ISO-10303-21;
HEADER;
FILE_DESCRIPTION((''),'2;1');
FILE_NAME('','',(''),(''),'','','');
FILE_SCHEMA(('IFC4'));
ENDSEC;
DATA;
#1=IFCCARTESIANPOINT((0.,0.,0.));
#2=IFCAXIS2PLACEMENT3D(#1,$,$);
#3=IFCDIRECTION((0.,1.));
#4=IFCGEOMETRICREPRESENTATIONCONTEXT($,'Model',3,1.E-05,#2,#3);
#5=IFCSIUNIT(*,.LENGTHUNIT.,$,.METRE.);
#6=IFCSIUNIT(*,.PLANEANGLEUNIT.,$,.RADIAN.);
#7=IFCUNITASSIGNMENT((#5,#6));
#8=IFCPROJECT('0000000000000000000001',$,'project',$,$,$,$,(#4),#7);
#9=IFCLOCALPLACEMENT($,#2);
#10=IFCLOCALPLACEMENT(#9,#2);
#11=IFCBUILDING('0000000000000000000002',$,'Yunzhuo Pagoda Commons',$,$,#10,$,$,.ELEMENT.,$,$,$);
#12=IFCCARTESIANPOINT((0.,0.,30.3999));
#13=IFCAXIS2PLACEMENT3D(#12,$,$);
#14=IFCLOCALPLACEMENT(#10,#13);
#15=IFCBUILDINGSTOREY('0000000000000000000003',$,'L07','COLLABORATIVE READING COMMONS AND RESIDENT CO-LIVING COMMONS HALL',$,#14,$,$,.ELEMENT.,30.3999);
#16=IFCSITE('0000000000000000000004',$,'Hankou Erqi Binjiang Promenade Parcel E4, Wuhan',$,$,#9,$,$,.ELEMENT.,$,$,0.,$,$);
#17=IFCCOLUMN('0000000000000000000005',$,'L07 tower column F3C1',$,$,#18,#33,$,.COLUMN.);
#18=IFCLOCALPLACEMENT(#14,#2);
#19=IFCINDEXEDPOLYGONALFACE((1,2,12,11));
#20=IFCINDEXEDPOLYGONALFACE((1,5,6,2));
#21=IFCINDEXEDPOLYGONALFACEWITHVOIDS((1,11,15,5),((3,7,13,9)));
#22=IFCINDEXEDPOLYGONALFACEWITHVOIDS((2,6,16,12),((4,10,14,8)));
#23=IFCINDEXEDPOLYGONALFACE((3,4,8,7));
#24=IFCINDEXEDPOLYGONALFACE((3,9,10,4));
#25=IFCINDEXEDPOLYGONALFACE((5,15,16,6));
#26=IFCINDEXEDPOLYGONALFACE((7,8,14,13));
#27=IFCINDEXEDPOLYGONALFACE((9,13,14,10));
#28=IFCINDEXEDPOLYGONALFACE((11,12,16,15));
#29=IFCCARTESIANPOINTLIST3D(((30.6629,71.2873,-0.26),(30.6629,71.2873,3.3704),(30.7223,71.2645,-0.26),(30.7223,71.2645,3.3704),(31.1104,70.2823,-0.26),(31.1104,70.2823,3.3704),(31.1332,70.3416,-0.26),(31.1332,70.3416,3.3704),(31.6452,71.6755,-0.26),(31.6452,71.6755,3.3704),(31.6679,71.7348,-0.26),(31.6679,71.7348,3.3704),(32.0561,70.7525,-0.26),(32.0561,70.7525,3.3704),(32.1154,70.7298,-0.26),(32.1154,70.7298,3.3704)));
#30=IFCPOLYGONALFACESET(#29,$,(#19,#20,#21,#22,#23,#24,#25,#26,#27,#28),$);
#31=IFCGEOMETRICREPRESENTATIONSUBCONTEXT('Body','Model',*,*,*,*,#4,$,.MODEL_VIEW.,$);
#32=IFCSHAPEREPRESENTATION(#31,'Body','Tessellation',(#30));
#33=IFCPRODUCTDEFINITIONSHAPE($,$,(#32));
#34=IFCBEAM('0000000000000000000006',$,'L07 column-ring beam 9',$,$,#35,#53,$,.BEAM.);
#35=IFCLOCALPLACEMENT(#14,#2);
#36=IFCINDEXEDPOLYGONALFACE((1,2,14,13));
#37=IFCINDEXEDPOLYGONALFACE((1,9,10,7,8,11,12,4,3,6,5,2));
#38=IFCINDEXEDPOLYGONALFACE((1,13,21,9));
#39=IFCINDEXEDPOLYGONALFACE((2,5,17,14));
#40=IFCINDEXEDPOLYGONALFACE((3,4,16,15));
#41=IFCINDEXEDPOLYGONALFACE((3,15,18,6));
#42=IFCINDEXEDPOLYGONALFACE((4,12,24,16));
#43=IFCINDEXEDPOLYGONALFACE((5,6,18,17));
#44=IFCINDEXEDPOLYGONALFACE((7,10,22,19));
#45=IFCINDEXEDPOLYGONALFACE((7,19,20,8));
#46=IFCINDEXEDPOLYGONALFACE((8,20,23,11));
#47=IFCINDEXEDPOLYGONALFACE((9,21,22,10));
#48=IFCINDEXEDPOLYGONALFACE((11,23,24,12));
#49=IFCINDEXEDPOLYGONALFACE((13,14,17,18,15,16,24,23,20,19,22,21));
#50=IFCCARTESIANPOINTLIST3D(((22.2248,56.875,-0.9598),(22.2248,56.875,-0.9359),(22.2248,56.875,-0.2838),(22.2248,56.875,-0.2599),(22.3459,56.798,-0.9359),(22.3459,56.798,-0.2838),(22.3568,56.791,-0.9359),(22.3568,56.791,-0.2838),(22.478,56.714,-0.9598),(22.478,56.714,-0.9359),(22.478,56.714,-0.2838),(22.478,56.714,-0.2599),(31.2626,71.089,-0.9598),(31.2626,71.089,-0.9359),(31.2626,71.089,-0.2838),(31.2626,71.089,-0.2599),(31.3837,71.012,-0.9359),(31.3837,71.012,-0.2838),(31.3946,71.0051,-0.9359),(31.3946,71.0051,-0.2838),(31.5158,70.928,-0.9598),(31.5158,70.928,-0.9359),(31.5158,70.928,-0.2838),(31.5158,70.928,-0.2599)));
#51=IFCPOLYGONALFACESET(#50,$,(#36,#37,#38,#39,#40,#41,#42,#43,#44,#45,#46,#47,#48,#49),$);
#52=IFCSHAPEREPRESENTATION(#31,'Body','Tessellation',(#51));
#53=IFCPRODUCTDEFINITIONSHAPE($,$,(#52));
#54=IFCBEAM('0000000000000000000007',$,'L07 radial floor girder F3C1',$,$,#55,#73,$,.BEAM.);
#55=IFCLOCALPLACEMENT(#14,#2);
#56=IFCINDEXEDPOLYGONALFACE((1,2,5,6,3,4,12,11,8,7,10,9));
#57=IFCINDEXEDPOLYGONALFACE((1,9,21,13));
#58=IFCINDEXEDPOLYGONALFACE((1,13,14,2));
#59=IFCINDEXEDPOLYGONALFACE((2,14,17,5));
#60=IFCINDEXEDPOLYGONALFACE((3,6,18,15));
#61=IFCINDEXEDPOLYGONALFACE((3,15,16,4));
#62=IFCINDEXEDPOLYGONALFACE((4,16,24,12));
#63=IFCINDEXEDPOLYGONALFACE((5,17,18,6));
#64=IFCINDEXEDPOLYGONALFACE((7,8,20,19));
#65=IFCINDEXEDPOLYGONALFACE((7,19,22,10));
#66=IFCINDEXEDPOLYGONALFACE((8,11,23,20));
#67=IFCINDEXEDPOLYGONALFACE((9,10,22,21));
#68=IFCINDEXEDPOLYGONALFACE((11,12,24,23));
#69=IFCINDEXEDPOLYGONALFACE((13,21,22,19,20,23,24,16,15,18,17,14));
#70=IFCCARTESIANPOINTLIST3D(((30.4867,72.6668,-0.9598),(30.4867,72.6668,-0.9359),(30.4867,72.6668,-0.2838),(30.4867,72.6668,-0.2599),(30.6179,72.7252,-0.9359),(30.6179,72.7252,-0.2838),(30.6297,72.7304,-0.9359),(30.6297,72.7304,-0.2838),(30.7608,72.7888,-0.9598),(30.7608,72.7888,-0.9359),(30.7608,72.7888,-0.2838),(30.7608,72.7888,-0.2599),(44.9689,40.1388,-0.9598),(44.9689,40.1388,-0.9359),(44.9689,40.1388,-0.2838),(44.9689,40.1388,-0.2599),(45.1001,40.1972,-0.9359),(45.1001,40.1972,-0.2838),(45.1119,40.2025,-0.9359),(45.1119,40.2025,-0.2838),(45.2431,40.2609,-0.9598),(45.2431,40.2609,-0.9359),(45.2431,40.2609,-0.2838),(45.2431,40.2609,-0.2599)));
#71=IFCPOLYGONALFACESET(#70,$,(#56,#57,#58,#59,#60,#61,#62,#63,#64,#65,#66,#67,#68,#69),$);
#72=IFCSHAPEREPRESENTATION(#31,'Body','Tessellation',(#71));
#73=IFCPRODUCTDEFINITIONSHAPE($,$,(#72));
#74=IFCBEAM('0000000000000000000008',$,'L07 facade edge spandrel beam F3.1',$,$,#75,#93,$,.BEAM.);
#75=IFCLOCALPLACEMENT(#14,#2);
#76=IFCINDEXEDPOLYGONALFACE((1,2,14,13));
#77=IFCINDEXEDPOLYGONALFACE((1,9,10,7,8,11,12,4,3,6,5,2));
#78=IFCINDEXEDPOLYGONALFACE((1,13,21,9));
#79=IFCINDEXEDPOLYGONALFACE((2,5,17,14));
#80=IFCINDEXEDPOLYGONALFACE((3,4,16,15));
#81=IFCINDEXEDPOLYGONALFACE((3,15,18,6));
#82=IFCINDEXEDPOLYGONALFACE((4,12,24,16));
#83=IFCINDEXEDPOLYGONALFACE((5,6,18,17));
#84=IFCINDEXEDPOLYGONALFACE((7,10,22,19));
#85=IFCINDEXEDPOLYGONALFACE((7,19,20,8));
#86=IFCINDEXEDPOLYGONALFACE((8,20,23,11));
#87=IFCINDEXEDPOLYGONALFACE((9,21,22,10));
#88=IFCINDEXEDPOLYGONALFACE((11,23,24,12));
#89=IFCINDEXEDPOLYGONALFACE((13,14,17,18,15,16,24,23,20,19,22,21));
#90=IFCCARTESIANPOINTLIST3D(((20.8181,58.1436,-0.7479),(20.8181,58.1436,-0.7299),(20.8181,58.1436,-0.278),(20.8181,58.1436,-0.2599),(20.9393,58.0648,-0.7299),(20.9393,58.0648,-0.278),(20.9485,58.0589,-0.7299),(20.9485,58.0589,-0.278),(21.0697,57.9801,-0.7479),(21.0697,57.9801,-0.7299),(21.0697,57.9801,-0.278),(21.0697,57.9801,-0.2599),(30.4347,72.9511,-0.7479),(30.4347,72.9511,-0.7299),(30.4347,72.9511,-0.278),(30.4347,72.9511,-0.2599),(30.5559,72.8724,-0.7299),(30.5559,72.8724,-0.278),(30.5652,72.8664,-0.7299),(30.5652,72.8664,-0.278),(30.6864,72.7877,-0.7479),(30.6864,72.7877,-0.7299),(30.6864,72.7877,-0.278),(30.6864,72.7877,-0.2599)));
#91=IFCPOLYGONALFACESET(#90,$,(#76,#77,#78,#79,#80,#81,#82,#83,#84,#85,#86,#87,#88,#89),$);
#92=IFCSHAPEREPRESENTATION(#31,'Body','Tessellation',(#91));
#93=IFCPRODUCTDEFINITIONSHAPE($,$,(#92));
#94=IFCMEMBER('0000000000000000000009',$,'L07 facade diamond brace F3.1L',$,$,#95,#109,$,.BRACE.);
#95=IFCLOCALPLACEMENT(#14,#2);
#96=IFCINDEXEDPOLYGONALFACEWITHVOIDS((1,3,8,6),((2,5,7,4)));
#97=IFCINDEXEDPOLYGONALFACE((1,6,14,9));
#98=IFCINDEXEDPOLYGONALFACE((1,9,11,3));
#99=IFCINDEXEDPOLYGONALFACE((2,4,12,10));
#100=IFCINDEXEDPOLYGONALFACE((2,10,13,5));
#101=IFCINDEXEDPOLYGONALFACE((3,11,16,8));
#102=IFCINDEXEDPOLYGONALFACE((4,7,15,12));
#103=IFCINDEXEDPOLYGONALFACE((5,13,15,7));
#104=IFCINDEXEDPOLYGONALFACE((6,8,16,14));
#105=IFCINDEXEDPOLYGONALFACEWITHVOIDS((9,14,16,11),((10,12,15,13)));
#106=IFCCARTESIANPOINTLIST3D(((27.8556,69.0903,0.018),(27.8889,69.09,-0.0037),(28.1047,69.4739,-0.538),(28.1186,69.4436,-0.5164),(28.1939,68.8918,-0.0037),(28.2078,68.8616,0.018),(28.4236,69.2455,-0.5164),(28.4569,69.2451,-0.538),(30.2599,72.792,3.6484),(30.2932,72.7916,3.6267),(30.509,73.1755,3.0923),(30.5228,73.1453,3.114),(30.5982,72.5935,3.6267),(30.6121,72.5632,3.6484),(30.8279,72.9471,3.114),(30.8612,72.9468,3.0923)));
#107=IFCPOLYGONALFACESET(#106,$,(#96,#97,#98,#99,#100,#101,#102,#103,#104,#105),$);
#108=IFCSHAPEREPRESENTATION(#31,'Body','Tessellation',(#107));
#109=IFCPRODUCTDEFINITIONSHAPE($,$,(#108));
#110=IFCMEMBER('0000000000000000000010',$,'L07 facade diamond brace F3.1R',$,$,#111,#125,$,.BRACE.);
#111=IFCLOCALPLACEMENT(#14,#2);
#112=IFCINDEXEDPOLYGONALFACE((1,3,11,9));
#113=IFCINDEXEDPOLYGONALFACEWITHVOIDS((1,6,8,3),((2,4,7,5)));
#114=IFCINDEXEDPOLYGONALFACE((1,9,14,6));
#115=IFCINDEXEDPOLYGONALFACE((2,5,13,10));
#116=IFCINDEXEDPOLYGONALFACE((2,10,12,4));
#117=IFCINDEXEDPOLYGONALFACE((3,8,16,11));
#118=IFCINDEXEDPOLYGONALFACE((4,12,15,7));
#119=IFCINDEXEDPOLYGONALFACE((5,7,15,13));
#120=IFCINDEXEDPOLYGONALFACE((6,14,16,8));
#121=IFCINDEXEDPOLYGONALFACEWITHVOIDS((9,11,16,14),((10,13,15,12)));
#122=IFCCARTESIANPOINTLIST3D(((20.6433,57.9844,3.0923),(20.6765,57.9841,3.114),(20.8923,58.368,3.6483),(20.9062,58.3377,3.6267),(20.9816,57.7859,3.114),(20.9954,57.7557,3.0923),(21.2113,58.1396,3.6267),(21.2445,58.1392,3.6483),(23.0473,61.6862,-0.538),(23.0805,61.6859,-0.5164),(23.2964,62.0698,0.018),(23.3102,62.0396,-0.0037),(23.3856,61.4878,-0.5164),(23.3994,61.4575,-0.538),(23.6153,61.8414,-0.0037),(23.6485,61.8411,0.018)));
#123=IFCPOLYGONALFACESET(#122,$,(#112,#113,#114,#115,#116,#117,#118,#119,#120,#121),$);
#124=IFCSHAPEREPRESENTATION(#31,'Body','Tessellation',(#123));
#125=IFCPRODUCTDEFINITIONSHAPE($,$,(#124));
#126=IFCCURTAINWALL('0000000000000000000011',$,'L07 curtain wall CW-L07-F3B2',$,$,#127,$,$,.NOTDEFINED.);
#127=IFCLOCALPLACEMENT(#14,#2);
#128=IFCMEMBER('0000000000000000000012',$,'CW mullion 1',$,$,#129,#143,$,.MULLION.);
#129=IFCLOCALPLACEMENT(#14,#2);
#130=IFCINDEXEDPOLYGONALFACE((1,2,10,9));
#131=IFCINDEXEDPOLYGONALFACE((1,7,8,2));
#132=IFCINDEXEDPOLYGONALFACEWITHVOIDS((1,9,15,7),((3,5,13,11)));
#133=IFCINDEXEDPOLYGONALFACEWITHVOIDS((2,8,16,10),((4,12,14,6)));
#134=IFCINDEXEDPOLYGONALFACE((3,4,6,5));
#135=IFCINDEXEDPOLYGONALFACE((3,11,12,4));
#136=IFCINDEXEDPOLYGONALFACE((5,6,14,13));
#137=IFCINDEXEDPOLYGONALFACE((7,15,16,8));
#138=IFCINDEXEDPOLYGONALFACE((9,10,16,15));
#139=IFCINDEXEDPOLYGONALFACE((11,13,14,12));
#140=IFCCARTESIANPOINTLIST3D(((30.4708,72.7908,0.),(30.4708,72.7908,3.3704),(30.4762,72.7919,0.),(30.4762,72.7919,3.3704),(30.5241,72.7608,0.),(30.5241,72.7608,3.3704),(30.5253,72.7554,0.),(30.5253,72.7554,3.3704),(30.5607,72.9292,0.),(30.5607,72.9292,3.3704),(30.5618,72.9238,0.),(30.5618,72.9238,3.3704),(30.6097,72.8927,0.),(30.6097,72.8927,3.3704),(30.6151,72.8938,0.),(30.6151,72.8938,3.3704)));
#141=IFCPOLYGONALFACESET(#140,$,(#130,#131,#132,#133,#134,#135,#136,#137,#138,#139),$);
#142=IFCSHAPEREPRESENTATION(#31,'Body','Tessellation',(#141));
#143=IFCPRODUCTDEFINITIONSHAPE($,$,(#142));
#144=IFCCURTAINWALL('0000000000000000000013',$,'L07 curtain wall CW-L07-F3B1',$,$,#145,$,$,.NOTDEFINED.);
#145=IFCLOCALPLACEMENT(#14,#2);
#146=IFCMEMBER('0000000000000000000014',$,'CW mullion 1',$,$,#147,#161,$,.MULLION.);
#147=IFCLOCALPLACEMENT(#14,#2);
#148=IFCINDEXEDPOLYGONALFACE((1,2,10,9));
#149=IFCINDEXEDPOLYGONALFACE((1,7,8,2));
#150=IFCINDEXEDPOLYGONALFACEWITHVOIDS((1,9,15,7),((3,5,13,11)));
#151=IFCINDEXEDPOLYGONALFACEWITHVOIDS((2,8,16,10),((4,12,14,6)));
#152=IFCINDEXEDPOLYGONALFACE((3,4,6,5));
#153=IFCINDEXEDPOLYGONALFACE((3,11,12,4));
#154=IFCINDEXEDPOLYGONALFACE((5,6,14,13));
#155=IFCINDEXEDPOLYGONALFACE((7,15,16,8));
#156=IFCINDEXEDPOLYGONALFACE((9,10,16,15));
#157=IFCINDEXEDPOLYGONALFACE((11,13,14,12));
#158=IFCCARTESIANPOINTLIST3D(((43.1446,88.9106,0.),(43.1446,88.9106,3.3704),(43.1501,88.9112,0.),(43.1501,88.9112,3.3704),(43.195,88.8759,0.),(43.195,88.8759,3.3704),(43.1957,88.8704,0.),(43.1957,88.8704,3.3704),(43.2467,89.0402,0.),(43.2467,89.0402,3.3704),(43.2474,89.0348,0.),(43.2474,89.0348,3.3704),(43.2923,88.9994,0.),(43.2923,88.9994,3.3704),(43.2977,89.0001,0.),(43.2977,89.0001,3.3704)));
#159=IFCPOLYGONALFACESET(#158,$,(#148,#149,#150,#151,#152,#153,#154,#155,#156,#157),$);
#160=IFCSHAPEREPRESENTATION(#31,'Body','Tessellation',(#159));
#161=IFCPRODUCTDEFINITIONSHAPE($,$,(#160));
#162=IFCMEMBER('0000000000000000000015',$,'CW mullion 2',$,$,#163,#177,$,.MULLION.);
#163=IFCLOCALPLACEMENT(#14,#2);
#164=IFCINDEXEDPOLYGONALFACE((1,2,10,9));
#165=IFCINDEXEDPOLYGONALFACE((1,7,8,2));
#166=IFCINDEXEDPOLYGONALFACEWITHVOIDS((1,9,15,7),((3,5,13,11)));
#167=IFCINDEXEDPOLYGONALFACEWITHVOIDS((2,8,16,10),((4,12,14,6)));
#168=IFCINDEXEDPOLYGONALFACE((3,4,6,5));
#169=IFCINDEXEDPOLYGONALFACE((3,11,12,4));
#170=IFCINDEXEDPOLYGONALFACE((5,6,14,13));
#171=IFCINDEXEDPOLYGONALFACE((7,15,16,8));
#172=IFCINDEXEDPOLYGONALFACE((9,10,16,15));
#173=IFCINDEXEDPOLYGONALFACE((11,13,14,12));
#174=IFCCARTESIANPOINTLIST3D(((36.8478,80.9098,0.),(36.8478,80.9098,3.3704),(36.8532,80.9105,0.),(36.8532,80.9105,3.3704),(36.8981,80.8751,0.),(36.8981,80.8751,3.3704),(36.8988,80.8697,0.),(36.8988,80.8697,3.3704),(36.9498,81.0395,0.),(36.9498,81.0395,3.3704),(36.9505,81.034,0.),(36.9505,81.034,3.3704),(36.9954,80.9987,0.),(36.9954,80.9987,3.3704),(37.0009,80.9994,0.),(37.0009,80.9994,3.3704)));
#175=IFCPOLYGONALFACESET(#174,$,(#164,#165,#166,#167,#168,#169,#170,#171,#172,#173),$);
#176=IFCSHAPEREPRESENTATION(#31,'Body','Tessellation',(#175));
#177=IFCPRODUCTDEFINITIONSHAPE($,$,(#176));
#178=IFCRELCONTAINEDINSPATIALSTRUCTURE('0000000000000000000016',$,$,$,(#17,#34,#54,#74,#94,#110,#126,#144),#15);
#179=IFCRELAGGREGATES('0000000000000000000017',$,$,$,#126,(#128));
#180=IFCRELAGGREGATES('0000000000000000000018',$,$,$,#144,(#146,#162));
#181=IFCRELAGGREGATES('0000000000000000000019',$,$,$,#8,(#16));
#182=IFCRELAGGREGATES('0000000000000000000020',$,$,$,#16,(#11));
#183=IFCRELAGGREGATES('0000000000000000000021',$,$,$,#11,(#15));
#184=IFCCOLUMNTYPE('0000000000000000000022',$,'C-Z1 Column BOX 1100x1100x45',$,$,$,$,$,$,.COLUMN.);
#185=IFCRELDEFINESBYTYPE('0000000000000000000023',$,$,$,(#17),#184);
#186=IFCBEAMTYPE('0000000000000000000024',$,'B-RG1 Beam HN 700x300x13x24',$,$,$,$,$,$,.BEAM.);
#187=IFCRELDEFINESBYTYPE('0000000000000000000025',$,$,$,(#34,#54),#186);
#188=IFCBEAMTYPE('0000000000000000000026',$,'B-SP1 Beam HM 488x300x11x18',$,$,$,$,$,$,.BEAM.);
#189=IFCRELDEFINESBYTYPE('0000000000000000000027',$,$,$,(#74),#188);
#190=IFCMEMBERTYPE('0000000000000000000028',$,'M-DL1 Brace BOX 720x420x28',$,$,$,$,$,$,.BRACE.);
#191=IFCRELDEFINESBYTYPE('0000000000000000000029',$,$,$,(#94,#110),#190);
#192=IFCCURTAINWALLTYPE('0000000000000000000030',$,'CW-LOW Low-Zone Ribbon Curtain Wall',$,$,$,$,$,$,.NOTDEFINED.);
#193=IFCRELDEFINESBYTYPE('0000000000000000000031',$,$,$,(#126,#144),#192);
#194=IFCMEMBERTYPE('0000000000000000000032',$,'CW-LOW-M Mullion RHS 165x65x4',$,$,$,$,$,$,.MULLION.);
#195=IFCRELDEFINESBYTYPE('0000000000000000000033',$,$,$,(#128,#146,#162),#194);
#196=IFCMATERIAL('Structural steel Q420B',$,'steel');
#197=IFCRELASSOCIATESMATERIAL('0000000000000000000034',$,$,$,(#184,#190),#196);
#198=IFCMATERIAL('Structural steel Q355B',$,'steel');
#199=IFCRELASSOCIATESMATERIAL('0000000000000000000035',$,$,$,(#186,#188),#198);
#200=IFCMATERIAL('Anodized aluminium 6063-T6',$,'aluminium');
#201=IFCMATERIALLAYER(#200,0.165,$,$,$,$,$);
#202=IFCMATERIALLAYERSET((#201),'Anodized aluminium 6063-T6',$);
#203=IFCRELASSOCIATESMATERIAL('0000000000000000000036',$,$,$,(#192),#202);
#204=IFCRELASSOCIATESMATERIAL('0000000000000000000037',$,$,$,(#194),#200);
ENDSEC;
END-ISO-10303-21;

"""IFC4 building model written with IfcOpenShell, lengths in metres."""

from ifc_helpers import new_model, si_unit, direction, frame, origin, origin_2d, place, context, subcontext, project, spatial, hollow_rectangle, i_section, extrude, source, transform, mapped, material, layer, layer_set, material_profile, profile_set, type_object, element, aggregate, save


model = new_model("IFC4")

# Units and contexts
model_context = context("Model", 3, precision=1e-05, world=origin(), true_north=direction((0.0, 1.0)))
body_context = subcontext(model_context, "Body", "Model", "MODEL_VIEW")
ifc_project = project(units=[si_unit("LENGTHUNIT", "METRE"), si_unit("PLANEANGLEUNIT", "RADIAN")], contexts=[model_context])

# Site, building, storey
site_placement = place(None, origin())
site = spatial("IfcSite", under=ifc_project, at=site_placement, Name="Hankou Erqi Binjiang Promenade Parcel E4, Wuhan", CompositionType="ELEMENT", RefElevation=0.0)
building_placement = place(site_placement, origin())
building = spatial("IfcBuilding", under=site, at=building_placement, Name="Yunzhuo Pagoda Commons", CompositionType="ELEMENT")
storey_placement = place(building_placement, frame((0.0, 0.0, 30.3999)))
storey = spatial("IfcBuildingStorey", under=building, at=storey_placement, Name="L07", Description="COLLABORATIVE READING COMMONS AND RESIDENT CO-LIVING COMMONS HALL", CompositionType="ELEMENT", Elevation=30.3999)

# Column
ifc_material_1 = material(Name="Structural steel Q420B", Category="steel")
ifc_material_profile_1 = material_profile(ifc_material_1, hollow_rectangle(XDim=1.1001, YDim=1.1001, WallThickness=0.0449, at=origin_2d()), Name="Structural steel Q420B")
ifc_profile_set_1 = profile_set([ifc_material_profile_1], Name="Structural steel Q420B")
column_type = type_object("IfcColumnType", Name="C-Z1 Column BOX 1100x1100x45", PredefinedType="COLUMN", material=ifc_profile_set_1)
shared_shape_1 = source(origin(), body_context, "Body", "SweptSolid", [
    extrude(hollow_rectangle(XDim=1.1001, YDim=1.1001, WallThickness=0.0449, at=origin_2d()), origin(), (0.0, 0.0, 1.0), 3.6304),
])
column_placement = place(storey_placement, frame((31.3892, 71.0085, -0.26), z_axis=(0.0, 0.0, 1.0), x_axis=(-0.913545, -0.406737, 0.0)))
element("IfcColumn", 1, at=column_placement, inside=storey, type_object=column_type, Name="L07 tower column F3C1", PredefinedType="COLUMN", context=body_context, shape_type="MappedRepresentation", body=[
    mapped(shared_shape_1, transform((0.0, 0.0, 0.0), scale=1.0)),
])

# Beams
ifc_material_2 = material(Name="Structural steel Q355B", Category="steel")
ifc_material_profile_2 = material_profile(ifc_material_2, i_section(OverallWidth=0.3, OverallDepth=0.7, WebThickness=0.0129, FlangeThickness=0.0239, at=origin_2d()), Name="Structural steel Q355B")
ifc_profile_set_2 = profile_set([ifc_material_profile_2], Name="Structural steel Q355B")
beam_type_1 = type_object("IfcBeamType", Name="B-RG1 Beam HN 700x300x13x24", PredefinedType="BEAM", material=ifc_profile_set_2)
shared_shape_2 = source(origin(), body_context, "Body", "SweptSolid", [
    extrude(i_section(OverallWidth=0.3, OverallDepth=0.7, WebThickness=0.0129, FlangeThickness=0.0239, at=origin_2d()), origin(), (0.0, 0.0, 1.0), 16.844),
])
beam_1_placement = place(storey_placement, frame((31.3892, 71.0085, -0.6099), z_axis=(-0.536558, -0.843863, 0.0), x_axis=(0.843863, -0.536558, 0.0)))
element("IfcBeam", 2, at=beam_1_placement, inside=storey, type_object=beam_type_1, Name="L07 column-ring beam 9", PredefinedType="BEAM", context=body_context, shape_type="MappedRepresentation", body=[
    mapped(shared_shape_2, transform((0.0, 0.0, 0.0), scale=1.0)),
])
shared_shape_3 = source(origin(), body_context, "Body", "SweptSolid", [
    extrude(i_section(OverallWidth=0.3, OverallDepth=0.7, WebThickness=0.0129, FlangeThickness=0.0239, at=origin_2d()), origin(), (0.0, 0.0, 1.0), 35.6062),
])
beam_2_placement = place(storey_placement, frame((30.6238, 72.7278, -0.6099), z_axis=(0.406733, -0.913547, 0.0), x_axis=(0.913547, 0.406733, 0.0)))
element("IfcBeam", 3, at=beam_2_placement, inside=storey, type_object=beam_type_1, Name="L07 radial floor girder F3C1", PredefinedType="BEAM", context=body_context, shape_type="MappedRepresentation", body=[
    mapped(shared_shape_3, transform((0.0, 0.0, 0.0), scale=1.0)),
])
ifc_material_profile_3 = material_profile(ifc_material_2, i_section(OverallWidth=0.3, OverallDepth=0.488, WebThickness=0.011, FlangeThickness=0.0181, at=origin_2d()), Name="Structural steel Q355B")
ifc_profile_set_3 = profile_set([ifc_material_profile_3], Name="Structural steel Q355B")
beam_type_2 = type_object("IfcBeamType", Name="B-SP1 Beam HM 488x300x11x18", PredefinedType="BEAM", material=ifc_profile_set_3)
shared_shape_4 = source(origin(), body_context, "Body", "SweptSolid", [
    extrude(i_section(OverallWidth=0.3, OverallDepth=0.488, WebThickness=0.011, FlangeThickness=0.0181, at=origin_2d()), origin(), (0.0, 0.0, 1.0), 17.6562),
])
beam_3_placement = place(storey_placement, frame((30.5605, 72.8694, -0.5039), z_axis=(-0.54466, -0.838657, 0.0), x_axis=(0.838657, -0.54466, 0.0)))
element("IfcBeam", 4, at=beam_3_placement, inside=storey, type_object=beam_type_2, Name="L07 facade edge spandrel beam F3.1", PredefinedType="BEAM", context=body_context, shape_type="MappedRepresentation", body=[
    mapped(shared_shape_4, transform((0.0, 0.0, 0.0), scale=1.0)),
])

# Members
ifc_material_profile_4 = material_profile(ifc_material_1, hollow_rectangle(XDim=0.4199, YDim=0.72, WallThickness=0.0281, at=origin_2d()), Name="Structural steel Q420B")
ifc_profile_set_4 = profile_set([ifc_material_profile_4], Name="Structural steel Q420B")
member_type_1 = type_object("IfcMemberType", Name="M-DL1 Brace BOX 720x420x28", PredefinedType="BRACE", material=ifc_profile_set_4)
shared_shape_5 = source(origin(), body_context, "Body", "SweptSolid", [
    extrude(hollow_rectangle(XDim=0.4199, YDim=0.72, WallThickness=0.0281, at=origin_2d()), origin(), (0.0, 0.0, 1.0), 5.7151),
])
for number, where, z_axis, x_axis, name in (
    (5, (28.1562, 69.1677, -0.26), (0.420691, 0.647697, 0.635223), (-0.838628, 0.544704, 0.0), "L07 facade diamond brace F3.1L"),
    (6, (23.3479, 61.7637, -0.26), (-0.420644, -0.647733, 0.635217), (0.83867, -0.54464, 0.0), "L07 facade diamond brace F3.1R"),
):
    element("IfcMember", number, at=place(storey_placement, frame(where, z_axis=z_axis, x_axis=x_axis)), inside=storey, type_object=member_type_1, Name=name, PredefinedType="BRACE", context=body_context, shape_type="MappedRepresentation", body=[
        mapped(shared_shape_5, transform((0.0, 0.0, 0.0), scale=1.0)),
    ])

# Curtain wall, member
ifc_material_3 = material(Name="Anodized aluminium 6063-T6", Category="aluminium")
ifc_layer_1 = layer(ifc_material_3, 0.165)
ifc_layer_set_1 = layer_set([ifc_layer_1], Name="Anodized aluminium 6063-T6")
curtain_wall_type = type_object("IfcCurtainWallType", Name="CW-LOW Low-Zone Ribbon Curtain Wall", PredefinedType="NOTDEFINED", material=ifc_layer_set_1)
curtain_wall_1_placement = place(storey_placement, origin())
curtain_wall_1 = element("IfcCurtainWall", 7, at=curtain_wall_1_placement, inside=storey, type_object=curtain_wall_type, Name="L07 curtain wall CW-L07-F3B2", PredefinedType="NOTDEFINED")
ifc_material_profile_5 = material_profile(ifc_material_3, hollow_rectangle(XDim=0.0649, YDim=0.165, WallThickness=0.0039, at=origin_2d()), Name="Anodized aluminium 6063-T6")
ifc_profile_set_5 = profile_set([ifc_material_profile_5], Name="Anodized aluminium 6063-T6")
member_type_2 = type_object("IfcMemberType", Name="CW-LOW-M Mullion RHS 165x65x4", PredefinedType="MULLION", material=ifc_profile_set_5)
shared_shape_6 = source(origin(), body_context, "Body", "SweptSolid", [
    extrude(hollow_rectangle(XDim=0.0649, YDim=0.165, WallThickness=0.0039, at=origin_2d()), origin(), (0.0, 0.0, 1.0), 3.3704),
])
member_1_placement = place(storey_placement, frame((30.543, 72.8423, 0.0), z_axis=(0.0, 0.0, 1.0), x_axis=(0.838652, -0.544667, 0.0)))
member_1 = element("IfcMember", 8, at=member_1_placement, type_object=member_type_2, Name="CW mullion 1", PredefinedType="MULLION", context=body_context, shape_type="MappedRepresentation", body=[
    mapped(shared_shape_6, transform((0.0, 0.0, 0.0), scale=1.0)),
])

# Curtain wall, members
curtain_wall_2_placement = place(storey_placement, origin())
curtain_wall_2 = element("IfcCurtainWall", 9, at=curtain_wall_2_placement, inside=storey, type_object=curtain_wall_type, Name="L07 curtain wall CW-L07-F3B1", PredefinedType="NOTDEFINED")
member_2_placement = place(storey_placement, frame((43.2212, 88.9553, 0.0), z_axis=(0.0, 0.0, 1.0), x_axis=(0.7858, -0.618481, 0.0)))
member_2 = element("IfcMember", 10, at=member_2_placement, type_object=member_type_2, Name="CW mullion 1", PredefinedType="MULLION", context=body_context, shape_type="MappedRepresentation", body=[
    mapped(shared_shape_6, transform((0.0, 0.0, 0.0), scale=1.0)),
])
member_3_placement = place(storey_placement, frame((36.9243, 80.9546, 0.0), z_axis=(0.0, 0.0, 1.0), x_axis=(0.7858, -0.618481, 0.0)))
member_3 = element("IfcMember", 11, at=member_3_placement, type_object=member_type_2, Name="CW mullion 2", PredefinedType="MULLION", context=body_context, shape_type="MappedRepresentation", body=[
    mapped(shared_shape_6, transform((0.0, 0.0, 0.0), scale=1.0)),
])

aggregate(curtain_wall_1, [member_1])
aggregate(curtain_wall_2, [member_2, member_3])

save(model, "model.ifc")
